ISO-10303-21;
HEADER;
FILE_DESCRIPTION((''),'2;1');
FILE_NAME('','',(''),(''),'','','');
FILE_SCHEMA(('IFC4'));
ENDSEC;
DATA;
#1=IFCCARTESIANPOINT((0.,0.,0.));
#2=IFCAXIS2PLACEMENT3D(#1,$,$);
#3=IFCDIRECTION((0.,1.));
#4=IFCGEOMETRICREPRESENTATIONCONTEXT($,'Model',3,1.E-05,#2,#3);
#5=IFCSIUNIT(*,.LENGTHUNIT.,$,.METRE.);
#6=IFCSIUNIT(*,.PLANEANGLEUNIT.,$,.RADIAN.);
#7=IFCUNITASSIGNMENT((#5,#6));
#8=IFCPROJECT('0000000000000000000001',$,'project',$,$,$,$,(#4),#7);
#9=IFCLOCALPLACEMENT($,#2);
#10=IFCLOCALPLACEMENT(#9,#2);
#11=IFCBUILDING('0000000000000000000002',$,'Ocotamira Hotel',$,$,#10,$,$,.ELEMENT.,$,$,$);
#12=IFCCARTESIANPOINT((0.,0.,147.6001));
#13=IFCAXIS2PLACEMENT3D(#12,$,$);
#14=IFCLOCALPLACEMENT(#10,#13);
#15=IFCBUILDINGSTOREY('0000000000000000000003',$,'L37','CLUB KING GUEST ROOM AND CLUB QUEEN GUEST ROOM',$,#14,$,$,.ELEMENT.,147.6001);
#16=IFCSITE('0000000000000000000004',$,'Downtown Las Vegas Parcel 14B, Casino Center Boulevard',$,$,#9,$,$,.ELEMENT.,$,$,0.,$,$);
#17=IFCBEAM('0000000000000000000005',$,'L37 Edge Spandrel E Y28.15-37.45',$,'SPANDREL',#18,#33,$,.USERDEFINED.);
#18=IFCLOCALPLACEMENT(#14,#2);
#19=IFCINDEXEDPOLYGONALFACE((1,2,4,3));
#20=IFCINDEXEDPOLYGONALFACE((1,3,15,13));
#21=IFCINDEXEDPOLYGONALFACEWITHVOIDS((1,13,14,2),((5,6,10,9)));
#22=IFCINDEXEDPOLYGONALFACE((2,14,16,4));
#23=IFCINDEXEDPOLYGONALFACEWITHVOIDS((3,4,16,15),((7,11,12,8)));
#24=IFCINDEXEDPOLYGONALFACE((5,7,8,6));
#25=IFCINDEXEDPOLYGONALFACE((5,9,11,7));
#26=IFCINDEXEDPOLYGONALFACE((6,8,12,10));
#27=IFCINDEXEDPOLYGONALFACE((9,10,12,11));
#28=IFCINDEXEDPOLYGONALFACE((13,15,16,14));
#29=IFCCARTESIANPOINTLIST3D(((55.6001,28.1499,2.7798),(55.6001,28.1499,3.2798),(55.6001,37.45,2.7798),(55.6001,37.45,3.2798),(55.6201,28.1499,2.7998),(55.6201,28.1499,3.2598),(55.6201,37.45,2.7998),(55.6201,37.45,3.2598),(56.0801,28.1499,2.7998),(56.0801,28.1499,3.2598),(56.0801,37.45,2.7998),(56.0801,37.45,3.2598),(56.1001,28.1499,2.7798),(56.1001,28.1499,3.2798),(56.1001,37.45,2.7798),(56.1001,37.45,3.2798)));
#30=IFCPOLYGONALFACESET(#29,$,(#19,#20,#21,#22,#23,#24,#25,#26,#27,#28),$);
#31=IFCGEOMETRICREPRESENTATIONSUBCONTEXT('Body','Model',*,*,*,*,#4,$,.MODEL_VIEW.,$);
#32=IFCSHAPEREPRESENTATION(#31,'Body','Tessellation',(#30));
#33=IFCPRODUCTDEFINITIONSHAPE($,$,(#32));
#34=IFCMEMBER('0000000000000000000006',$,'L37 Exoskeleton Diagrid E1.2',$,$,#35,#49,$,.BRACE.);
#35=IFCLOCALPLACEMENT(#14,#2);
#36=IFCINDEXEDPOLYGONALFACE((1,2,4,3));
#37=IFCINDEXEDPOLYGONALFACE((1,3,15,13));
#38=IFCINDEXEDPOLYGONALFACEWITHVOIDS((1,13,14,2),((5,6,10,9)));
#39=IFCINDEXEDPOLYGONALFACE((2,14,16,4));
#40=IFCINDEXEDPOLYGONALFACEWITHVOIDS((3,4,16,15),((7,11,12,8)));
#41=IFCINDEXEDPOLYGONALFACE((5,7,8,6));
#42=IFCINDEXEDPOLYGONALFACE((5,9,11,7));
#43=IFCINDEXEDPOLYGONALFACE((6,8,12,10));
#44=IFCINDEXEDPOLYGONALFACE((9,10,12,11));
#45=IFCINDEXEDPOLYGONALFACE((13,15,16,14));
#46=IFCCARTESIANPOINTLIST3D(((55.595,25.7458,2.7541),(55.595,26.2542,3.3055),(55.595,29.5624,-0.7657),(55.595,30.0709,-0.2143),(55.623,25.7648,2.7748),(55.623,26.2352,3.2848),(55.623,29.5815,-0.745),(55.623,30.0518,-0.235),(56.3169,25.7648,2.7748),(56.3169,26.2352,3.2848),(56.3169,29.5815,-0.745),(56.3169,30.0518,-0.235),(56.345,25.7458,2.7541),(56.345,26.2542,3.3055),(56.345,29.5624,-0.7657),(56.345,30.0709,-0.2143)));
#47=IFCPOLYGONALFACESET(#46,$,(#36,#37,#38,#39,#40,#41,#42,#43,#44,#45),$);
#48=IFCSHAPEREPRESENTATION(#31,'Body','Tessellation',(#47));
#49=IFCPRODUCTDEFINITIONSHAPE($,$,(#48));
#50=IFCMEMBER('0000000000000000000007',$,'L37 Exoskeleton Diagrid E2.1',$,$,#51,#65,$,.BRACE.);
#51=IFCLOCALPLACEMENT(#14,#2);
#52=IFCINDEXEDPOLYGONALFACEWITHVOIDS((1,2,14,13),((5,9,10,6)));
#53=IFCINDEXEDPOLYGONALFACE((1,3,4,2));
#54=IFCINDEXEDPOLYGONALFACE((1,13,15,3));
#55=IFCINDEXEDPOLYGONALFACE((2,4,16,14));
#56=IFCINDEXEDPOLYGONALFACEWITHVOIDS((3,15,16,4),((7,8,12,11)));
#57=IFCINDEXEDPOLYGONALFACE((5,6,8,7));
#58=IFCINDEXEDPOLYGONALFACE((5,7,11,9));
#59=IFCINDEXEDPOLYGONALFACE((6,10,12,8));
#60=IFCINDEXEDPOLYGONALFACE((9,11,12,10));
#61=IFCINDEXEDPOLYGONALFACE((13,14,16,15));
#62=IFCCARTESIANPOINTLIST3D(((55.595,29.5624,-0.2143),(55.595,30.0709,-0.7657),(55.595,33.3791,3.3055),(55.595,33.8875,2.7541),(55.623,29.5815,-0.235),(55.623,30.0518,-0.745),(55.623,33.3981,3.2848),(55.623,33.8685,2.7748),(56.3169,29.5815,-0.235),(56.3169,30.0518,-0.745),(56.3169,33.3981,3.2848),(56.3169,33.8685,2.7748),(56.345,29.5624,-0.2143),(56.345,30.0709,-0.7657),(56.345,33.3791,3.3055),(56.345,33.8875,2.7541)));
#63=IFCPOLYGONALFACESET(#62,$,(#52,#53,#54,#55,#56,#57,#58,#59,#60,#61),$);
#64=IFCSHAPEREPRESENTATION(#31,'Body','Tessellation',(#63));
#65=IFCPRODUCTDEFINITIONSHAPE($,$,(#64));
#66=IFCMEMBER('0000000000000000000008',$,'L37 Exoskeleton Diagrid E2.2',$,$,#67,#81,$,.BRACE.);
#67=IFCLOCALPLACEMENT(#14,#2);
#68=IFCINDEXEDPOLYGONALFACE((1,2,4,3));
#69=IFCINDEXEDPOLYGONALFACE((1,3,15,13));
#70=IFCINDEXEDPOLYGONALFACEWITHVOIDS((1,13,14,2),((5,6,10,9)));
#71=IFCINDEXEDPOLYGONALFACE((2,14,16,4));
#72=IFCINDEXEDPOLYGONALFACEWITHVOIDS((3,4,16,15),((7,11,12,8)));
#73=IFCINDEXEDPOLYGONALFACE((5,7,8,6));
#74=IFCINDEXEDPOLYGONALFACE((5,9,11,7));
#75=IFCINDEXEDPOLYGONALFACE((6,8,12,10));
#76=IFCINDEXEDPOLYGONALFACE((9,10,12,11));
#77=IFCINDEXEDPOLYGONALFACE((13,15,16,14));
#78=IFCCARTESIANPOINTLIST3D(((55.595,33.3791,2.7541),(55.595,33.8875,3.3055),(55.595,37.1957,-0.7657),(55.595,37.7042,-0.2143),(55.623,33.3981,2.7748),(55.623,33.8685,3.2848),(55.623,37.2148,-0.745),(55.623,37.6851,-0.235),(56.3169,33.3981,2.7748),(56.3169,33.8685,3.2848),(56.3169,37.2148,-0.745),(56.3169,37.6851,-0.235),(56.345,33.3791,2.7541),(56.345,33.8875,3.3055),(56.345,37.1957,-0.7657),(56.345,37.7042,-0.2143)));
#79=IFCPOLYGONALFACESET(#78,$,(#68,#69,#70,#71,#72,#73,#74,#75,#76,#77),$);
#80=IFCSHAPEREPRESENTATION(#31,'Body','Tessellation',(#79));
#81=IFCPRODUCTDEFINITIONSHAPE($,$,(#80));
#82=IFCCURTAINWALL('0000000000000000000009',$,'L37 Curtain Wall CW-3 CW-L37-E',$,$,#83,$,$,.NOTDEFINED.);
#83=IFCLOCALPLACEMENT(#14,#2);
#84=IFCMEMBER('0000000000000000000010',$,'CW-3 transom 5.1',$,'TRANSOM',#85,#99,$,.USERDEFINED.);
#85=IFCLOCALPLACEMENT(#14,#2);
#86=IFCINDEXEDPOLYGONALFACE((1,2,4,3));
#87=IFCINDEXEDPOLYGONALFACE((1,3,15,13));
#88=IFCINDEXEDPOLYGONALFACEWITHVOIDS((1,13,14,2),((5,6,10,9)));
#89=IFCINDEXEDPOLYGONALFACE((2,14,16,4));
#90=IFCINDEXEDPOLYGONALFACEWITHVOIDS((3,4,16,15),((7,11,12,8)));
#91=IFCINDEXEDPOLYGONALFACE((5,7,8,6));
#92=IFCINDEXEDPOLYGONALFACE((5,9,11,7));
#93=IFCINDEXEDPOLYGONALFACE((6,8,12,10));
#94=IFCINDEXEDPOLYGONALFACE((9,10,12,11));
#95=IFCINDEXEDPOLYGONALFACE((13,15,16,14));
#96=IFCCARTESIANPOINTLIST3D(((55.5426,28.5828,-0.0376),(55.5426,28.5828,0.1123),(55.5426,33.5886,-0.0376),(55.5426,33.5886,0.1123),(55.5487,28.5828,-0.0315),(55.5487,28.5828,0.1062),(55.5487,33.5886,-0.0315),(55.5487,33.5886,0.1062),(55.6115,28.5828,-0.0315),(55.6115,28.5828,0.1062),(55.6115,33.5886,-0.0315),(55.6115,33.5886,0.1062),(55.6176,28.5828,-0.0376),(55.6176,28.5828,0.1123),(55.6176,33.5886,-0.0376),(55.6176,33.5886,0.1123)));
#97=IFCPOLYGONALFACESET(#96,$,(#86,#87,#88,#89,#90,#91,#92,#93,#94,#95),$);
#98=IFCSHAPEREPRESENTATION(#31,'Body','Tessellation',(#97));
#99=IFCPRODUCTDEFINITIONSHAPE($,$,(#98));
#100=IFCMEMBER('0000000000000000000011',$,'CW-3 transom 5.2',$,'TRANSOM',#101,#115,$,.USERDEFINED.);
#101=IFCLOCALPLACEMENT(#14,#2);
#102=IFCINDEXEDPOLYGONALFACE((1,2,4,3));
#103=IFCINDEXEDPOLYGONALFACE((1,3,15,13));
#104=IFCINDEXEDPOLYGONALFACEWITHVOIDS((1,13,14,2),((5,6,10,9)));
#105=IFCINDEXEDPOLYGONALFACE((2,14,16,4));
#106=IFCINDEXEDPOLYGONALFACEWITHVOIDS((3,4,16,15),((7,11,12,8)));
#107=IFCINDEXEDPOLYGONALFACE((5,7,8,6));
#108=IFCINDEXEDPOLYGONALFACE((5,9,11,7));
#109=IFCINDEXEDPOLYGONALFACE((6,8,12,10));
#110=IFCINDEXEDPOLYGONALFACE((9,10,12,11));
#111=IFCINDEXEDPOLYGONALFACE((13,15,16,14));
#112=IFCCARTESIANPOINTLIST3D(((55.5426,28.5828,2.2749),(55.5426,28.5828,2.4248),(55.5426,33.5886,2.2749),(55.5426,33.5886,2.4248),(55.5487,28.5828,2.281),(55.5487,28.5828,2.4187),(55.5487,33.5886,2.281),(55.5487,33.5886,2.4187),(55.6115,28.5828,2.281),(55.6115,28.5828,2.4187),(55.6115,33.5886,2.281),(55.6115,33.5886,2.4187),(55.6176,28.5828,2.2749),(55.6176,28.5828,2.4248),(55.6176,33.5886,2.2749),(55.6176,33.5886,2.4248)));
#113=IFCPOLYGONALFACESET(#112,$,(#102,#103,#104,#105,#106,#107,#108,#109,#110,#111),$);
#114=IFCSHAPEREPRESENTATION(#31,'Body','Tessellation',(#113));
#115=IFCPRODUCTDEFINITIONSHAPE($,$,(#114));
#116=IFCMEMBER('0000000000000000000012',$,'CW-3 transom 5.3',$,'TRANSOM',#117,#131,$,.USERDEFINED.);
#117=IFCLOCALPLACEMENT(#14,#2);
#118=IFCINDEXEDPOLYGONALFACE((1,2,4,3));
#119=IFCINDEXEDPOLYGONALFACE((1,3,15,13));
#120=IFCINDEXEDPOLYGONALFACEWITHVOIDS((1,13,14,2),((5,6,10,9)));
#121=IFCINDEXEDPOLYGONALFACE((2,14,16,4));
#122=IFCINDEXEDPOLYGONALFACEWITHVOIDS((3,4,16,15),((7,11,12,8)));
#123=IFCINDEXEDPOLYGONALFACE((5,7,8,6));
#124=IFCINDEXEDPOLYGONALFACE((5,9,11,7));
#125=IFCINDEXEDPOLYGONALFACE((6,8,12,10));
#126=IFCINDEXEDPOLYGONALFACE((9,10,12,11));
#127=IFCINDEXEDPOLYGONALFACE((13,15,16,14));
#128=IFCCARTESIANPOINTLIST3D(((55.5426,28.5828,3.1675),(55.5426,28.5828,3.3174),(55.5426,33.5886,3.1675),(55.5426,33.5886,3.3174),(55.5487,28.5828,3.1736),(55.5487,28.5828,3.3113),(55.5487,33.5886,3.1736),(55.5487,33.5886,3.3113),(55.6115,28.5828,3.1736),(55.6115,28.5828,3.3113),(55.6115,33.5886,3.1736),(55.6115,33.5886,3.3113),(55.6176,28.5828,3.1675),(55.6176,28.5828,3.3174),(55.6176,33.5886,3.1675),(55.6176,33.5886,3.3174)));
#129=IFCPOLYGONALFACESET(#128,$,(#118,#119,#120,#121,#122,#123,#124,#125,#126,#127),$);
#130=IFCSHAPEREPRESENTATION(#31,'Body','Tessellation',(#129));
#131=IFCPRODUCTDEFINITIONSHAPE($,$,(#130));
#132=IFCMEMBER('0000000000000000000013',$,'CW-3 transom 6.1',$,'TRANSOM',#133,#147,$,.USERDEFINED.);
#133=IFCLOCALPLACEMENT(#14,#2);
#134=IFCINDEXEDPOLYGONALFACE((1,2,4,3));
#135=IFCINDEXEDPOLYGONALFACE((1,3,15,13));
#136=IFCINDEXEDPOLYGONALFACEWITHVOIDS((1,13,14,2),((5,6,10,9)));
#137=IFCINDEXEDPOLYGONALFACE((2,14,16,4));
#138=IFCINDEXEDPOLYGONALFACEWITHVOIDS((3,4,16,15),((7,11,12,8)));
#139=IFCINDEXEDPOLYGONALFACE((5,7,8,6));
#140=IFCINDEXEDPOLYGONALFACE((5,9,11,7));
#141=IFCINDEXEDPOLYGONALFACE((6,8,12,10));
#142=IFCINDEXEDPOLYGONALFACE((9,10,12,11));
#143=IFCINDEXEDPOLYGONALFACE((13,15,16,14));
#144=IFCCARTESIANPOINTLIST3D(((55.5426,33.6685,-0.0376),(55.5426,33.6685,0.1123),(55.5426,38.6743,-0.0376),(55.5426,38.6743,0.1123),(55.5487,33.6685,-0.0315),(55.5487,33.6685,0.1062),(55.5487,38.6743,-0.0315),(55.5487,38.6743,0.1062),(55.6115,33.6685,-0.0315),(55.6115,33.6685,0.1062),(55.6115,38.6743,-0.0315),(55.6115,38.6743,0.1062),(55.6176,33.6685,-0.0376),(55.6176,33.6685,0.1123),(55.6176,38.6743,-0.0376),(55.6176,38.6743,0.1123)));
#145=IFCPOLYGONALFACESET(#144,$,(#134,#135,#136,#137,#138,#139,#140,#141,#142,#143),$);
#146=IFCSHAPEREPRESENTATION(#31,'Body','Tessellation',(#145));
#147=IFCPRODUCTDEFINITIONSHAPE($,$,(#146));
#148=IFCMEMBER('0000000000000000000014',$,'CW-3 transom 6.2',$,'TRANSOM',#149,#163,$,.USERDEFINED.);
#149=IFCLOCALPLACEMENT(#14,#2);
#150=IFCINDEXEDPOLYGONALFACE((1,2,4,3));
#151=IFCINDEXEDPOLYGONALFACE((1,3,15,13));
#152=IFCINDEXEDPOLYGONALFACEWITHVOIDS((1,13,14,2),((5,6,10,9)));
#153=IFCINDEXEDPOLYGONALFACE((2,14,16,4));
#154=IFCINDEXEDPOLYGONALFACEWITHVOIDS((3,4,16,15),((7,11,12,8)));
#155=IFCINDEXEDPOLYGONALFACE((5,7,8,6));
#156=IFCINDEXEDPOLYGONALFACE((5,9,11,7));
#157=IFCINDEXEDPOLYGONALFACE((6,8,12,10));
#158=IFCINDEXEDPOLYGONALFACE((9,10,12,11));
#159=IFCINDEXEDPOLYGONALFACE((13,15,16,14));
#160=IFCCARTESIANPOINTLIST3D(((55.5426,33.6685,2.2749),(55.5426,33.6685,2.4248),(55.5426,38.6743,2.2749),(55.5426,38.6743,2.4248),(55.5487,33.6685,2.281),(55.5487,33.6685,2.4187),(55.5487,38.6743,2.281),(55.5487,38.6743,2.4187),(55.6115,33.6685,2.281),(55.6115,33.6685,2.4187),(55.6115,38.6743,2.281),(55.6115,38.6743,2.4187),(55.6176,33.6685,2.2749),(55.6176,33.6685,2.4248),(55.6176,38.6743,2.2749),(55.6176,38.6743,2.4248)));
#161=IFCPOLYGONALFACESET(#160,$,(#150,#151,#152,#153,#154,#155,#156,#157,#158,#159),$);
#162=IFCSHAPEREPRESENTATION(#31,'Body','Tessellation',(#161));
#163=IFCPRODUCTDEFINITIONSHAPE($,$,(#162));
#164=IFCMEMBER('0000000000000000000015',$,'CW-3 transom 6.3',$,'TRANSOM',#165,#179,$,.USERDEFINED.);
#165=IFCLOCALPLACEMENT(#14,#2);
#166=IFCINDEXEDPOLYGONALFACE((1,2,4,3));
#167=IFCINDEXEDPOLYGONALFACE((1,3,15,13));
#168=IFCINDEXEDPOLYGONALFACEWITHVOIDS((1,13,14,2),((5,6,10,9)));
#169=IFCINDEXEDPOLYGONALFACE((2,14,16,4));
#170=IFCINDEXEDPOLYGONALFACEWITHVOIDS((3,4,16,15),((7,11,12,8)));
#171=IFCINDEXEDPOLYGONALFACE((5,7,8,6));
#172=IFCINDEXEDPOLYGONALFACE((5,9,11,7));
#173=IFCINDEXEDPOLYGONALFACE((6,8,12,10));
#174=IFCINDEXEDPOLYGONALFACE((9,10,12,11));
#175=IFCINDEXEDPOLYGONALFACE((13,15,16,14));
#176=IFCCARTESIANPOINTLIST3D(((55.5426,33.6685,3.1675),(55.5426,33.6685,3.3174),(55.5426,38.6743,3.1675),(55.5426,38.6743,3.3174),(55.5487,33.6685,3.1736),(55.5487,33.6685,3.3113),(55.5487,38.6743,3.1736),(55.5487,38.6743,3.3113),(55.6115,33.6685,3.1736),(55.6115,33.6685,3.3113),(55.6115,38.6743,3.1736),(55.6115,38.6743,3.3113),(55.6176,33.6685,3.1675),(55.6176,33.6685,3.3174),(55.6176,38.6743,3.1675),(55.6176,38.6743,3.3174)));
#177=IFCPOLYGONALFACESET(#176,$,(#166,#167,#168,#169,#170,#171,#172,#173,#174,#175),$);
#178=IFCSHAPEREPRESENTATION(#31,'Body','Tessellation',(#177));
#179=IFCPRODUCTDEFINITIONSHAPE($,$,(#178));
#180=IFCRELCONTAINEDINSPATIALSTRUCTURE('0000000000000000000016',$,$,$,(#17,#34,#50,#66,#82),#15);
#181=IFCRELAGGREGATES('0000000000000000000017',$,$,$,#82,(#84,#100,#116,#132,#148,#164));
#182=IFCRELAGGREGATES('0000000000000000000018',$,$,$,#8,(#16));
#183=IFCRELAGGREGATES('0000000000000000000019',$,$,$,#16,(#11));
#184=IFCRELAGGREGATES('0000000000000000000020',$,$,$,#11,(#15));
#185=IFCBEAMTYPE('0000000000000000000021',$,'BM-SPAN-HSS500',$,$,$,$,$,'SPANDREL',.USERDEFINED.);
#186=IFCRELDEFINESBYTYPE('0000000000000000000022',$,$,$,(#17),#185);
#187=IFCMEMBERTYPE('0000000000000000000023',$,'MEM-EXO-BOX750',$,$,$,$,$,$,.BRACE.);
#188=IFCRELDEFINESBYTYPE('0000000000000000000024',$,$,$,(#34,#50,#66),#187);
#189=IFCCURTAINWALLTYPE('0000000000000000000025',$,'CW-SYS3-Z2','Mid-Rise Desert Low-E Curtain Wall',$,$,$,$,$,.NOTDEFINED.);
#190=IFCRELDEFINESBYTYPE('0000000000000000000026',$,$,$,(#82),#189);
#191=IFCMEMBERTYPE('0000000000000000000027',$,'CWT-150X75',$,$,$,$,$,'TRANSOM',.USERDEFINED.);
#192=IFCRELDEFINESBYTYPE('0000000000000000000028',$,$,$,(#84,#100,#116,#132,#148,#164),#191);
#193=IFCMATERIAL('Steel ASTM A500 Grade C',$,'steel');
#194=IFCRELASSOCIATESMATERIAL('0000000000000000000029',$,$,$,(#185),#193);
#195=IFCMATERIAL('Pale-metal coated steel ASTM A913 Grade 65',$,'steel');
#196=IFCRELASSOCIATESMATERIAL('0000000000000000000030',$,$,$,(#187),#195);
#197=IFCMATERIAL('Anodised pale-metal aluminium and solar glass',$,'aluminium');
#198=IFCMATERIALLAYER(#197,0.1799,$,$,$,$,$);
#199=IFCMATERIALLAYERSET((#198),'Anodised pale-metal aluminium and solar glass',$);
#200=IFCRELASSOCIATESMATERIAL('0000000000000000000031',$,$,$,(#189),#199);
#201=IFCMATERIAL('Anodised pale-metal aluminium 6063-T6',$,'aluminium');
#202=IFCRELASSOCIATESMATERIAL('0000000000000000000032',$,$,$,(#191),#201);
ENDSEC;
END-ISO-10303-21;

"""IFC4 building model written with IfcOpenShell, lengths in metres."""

from ifc_helpers import new_model, si_unit, direction, frame, origin, origin_2d, place, context, subcontext, project, spatial, hollow_rectangle, extrude, source, transform, mapped, material, layer, layer_set, material_profile, profile_set, type_object, element, aggregate, save


model = new_model("IFC4")

# Units and contexts
model_context = context("Model", 3, precision=1e-05, world=origin(), true_north=direction((0.0, 1.0)))
body_context = subcontext(model_context, "Body", "Model", "MODEL_VIEW")
ifc_project = project(units=[si_unit("LENGTHUNIT", "METRE"), si_unit("PLANEANGLEUNIT", "RADIAN")], contexts=[model_context])

# Site, building, storey
site_placement = place(None, origin())
site = spatial("IfcSite", under=ifc_project, at=site_placement, Name="Downtown Las Vegas Parcel 14B, Casino Center Boulevard", CompositionType="ELEMENT", RefElevation=0.0)
building_placement = place(site_placement, origin())
building = spatial("IfcBuilding", under=site, at=building_placement, Name="Ocotamira Hotel", CompositionType="ELEMENT")
storey_placement = place(building_placement, frame((0.0, 0.0, 147.6001)))
storey = spatial("IfcBuildingStorey", under=building, at=storey_placement, Name="L37", Description="CLUB KING GUEST ROOM AND CLUB QUEEN GUEST ROOM", CompositionType="ELEMENT", Elevation=147.6001)

# Beam
ifc_material_1 = material(Name="Steel ASTM A500 Grade C", Category="steel")
ifc_material_profile_1 = material_profile(ifc_material_1, hollow_rectangle(XDim=0.5, YDim=0.5, WallThickness=0.02, at=origin_2d()), Name="HSS500X500X20")
ifc_profile_set_1 = profile_set([ifc_material_profile_1], Name="Steel ASTM A500 Grade C")
beam_type_1 = type_object("IfcBeamType", Name="BM-SPAN-HSS500", ElementType="SPANDREL", PredefinedType="USERDEFINED", material=ifc_profile_set_1)
shared_shape_1 = source(origin(), body_context, "Body", "SweptSolid", [
    extrude(hollow_rectangle(XDim=0.5, YDim=0.5, WallThickness=0.02, at=origin_2d()), origin(), (0.0, 0.0, 1.0), 9.3),
])
beam_1_placement = place(storey_placement, frame((55.8501, 28.1499, 3.0298), z_axis=(0.0, 1.0, 0.0), x_axis=(-1.0, 0.0, 0.0)))
element("IfcBeam", 1, at=beam_1_placement, inside=storey, type_object=beam_type_1, Name="L37 Edge Spandrel E Y28.15-37.45", ObjectType="SPANDREL", PredefinedType="USERDEFINED", context=body_context, shape_type="MappedRepresentation", body=[
    mapped(shared_shape_1, transform((0.0, 0.0, 0.0), scale=1.0)),
])

# Members
ifc_material_2 = material(Name="Pale-metal coated steel ASTM A913 Grade 65", Category="steel")
ifc_material_profile_2 = material_profile(ifc_material_2, hollow_rectangle(XDim=0.75, YDim=0.75, WallThickness=0.0281, at=origin_2d()), Name="BOX750X750X28")
ifc_profile_set_2 = profile_set([ifc_material_profile_2], Name="Pale-metal coated steel ASTM A913 Grade 65")
member_type_1 = type_object("IfcMemberType", Name="MEM-EXO-BOX750", PredefinedType="BRACE", material=ifc_profile_set_2)
shared_shape_2 = source(origin(), body_context, "Body", "SweptSolid", [
    extrude(hollow_rectangle(XDim=0.75, YDim=0.75, WallThickness=0.0281, at=origin_2d()), origin(), (0.0, 0.0, 1.0), 5.1919),
])
for number, where, z_axis, x_axis, name in (
    (2, (55.97, 29.8167, -0.49), (0.0, -0.735119, 0.677938), (1.0, 0.0, 0.0), "L37 Exoskeleton Diagrid E1.2"),
    (3, (55.97, 29.8167, -0.49), (0.0, 0.735119, 0.677938), (-1.0, 0.0, 0.0), "L37 Exoskeleton Diagrid E2.1"),
    (4, (55.97, 37.45, -0.49), (0.0, -0.735119, 0.677938), (1.0, 0.0, 0.0), "L37 Exoskeleton Diagrid E2.2"),
):
    element("IfcMember", number, at=place(storey_placement, frame(where, z_axis=z_axis, x_axis=x_axis)), inside=storey, type_object=member_type_1, Name=name, PredefinedType="BRACE", context=body_context, shape_type="MappedRepresentation", body=[
        mapped(shared_shape_2, transform((0.0, 0.0, 0.0), scale=1.0)),
    ])

# Curtain wall, members
ifc_material_3 = material(Name="Anodised pale-metal aluminium and solar glass", Category="aluminium")
ifc_layer_1 = layer(ifc_material_3, 0.1799)
ifc_layer_set_1 = layer_set([ifc_layer_1], Name="Anodised pale-metal aluminium and solar glass")
curtain_wall_type = type_object("IfcCurtainWallType", Name="CW-SYS3-Z2", Description="Mid-Rise Desert Low-E Curtain Wall", PredefinedType="NOTDEFINED", material=ifc_layer_set_1)
curtain_wall_placement = place(storey_placement, origin())
curtain_wall = element("IfcCurtainWall", 5, at=curtain_wall_placement, inside=storey, type_object=curtain_wall_type, Name="L37 Curtain Wall CW-3 CW-L37-E", PredefinedType="NOTDEFINED")
ifc_material_4 = material(Name="Anodised pale-metal aluminium 6063-T6", Category="aluminium")
ifc_material_profile_3 = material_profile(ifc_material_4, hollow_rectangle(XDim=0.075, YDim=0.1499, WallThickness=0.0061, at=origin_2d()), Name="HSS150X75X6")
ifc_profile_set_3 = profile_set([ifc_material_profile_3], Name="Anodised pale-metal aluminium 6063-T6")
member_type_2 = type_object("IfcMemberType", Name="CWT-150X75", ElementType="TRANSOM", PredefinedType="USERDEFINED", material=ifc_profile_set_3)
shared_shape_3 = source(origin(), body_context, "Body", "SweptSolid", [
    extrude(hollow_rectangle(XDim=0.075, YDim=0.1499, WallThickness=0.0061, at=origin_2d()), origin(), (0.0, 0.0, 1.0), 5.0059),
])
member_1_placement = place(storey_placement, frame((55.5801, 28.5828, 0.0374), z_axis=(0.0, 1.0, 0.0), x_axis=(-1.0, 0.0, 0.0)))
member_1 = element("IfcMember", 6, at=member_1_placement, type_object=member_type_2, Name="CW-3 transom 5.1", ObjectType="TRANSOM", PredefinedType="USERDEFINED", context=body_context, shape_type="MappedRepresentation", body=[
    mapped(shared_shape_3, transform((0.0, 0.0, 0.0), scale=1.0)),
])
member_2_placement = place(storey_placement, frame((55.5801, 28.5828, 2.3499), z_axis=(0.0, 1.0, 0.0), x_axis=(-1.0, 0.0, 0.0)))
member_2 = element("IfcMember", 7, at=member_2_placement, type_object=member_type_2, Name="CW-3 transom 5.2", ObjectType="TRANSOM", PredefinedType="USERDEFINED", context=body_context, shape_type="MappedRepresentation", body=[
    mapped(shared_shape_3, transform((0.0, 0.0, 0.0), scale=1.0)),
])
member_3_placement = place(storey_placement, frame((55.5801, 28.5828, 3.2424), z_axis=(0.0, 1.0, 0.0), x_axis=(-1.0, 0.0, 0.0)))
member_3 = element("IfcMember", 8, at=member_3_placement, type_object=member_type_2, Name="CW-3 transom 5.3", ObjectType="TRANSOM", PredefinedType="USERDEFINED", context=body_context, shape_type="MappedRepresentation", body=[
    mapped(shared_shape_3, transform((0.0, 0.0, 0.0), scale=1.0)),
])
member_4_placement = place(storey_placement, frame((55.5801, 33.6685, 0.0374), z_axis=(0.0, 1.0, 0.0), x_axis=(-1.0, 0.0, 0.0)))
member_4 = element("IfcMember", 9, at=member_4_placement, type_object=member_type_2, Name="CW-3 transom 6.1", ObjectType="TRANSOM", PredefinedType="USERDEFINED", context=body_context, shape_type="MappedRepresentation", body=[
    mapped(shared_shape_3, transform((0.0, 0.0, 0.0), scale=1.0)),
])
member_5_placement = place(storey_placement, frame((55.5801, 33.6685, 2.3499), z_axis=(0.0, 1.0, 0.0), x_axis=(-1.0, 0.0, 0.0)))
member_5 = element("IfcMember", 10, at=member_5_placement, type_object=member_type_2, Name="CW-3 transom 6.2", ObjectType="TRANSOM", PredefinedType="USERDEFINED", context=body_context, shape_type="MappedRepresentation", body=[
    mapped(shared_shape_3, transform((0.0, 0.0, 0.0), scale=1.0)),
])
member_6_placement = place(storey_placement, frame((55.5801, 33.6685, 3.2424), z_axis=(0.0, 1.0, 0.0), x_axis=(-1.0, 0.0, 0.0)))
member_6 = element("IfcMember", 11, at=member_6_placement, type_object=member_type_2, Name="CW-3 transom 6.3", ObjectType="TRANSOM", PredefinedType="USERDEFINED", context=body_context, shape_type="MappedRepresentation", body=[
    mapped(shared_shape_3, transform((0.0, 0.0, 0.0), scale=1.0)),
])

aggregate(curtain_wall, [member_1, member_2, member_3, member_4, member_5, member_6])

save(model, "model.ifc")
